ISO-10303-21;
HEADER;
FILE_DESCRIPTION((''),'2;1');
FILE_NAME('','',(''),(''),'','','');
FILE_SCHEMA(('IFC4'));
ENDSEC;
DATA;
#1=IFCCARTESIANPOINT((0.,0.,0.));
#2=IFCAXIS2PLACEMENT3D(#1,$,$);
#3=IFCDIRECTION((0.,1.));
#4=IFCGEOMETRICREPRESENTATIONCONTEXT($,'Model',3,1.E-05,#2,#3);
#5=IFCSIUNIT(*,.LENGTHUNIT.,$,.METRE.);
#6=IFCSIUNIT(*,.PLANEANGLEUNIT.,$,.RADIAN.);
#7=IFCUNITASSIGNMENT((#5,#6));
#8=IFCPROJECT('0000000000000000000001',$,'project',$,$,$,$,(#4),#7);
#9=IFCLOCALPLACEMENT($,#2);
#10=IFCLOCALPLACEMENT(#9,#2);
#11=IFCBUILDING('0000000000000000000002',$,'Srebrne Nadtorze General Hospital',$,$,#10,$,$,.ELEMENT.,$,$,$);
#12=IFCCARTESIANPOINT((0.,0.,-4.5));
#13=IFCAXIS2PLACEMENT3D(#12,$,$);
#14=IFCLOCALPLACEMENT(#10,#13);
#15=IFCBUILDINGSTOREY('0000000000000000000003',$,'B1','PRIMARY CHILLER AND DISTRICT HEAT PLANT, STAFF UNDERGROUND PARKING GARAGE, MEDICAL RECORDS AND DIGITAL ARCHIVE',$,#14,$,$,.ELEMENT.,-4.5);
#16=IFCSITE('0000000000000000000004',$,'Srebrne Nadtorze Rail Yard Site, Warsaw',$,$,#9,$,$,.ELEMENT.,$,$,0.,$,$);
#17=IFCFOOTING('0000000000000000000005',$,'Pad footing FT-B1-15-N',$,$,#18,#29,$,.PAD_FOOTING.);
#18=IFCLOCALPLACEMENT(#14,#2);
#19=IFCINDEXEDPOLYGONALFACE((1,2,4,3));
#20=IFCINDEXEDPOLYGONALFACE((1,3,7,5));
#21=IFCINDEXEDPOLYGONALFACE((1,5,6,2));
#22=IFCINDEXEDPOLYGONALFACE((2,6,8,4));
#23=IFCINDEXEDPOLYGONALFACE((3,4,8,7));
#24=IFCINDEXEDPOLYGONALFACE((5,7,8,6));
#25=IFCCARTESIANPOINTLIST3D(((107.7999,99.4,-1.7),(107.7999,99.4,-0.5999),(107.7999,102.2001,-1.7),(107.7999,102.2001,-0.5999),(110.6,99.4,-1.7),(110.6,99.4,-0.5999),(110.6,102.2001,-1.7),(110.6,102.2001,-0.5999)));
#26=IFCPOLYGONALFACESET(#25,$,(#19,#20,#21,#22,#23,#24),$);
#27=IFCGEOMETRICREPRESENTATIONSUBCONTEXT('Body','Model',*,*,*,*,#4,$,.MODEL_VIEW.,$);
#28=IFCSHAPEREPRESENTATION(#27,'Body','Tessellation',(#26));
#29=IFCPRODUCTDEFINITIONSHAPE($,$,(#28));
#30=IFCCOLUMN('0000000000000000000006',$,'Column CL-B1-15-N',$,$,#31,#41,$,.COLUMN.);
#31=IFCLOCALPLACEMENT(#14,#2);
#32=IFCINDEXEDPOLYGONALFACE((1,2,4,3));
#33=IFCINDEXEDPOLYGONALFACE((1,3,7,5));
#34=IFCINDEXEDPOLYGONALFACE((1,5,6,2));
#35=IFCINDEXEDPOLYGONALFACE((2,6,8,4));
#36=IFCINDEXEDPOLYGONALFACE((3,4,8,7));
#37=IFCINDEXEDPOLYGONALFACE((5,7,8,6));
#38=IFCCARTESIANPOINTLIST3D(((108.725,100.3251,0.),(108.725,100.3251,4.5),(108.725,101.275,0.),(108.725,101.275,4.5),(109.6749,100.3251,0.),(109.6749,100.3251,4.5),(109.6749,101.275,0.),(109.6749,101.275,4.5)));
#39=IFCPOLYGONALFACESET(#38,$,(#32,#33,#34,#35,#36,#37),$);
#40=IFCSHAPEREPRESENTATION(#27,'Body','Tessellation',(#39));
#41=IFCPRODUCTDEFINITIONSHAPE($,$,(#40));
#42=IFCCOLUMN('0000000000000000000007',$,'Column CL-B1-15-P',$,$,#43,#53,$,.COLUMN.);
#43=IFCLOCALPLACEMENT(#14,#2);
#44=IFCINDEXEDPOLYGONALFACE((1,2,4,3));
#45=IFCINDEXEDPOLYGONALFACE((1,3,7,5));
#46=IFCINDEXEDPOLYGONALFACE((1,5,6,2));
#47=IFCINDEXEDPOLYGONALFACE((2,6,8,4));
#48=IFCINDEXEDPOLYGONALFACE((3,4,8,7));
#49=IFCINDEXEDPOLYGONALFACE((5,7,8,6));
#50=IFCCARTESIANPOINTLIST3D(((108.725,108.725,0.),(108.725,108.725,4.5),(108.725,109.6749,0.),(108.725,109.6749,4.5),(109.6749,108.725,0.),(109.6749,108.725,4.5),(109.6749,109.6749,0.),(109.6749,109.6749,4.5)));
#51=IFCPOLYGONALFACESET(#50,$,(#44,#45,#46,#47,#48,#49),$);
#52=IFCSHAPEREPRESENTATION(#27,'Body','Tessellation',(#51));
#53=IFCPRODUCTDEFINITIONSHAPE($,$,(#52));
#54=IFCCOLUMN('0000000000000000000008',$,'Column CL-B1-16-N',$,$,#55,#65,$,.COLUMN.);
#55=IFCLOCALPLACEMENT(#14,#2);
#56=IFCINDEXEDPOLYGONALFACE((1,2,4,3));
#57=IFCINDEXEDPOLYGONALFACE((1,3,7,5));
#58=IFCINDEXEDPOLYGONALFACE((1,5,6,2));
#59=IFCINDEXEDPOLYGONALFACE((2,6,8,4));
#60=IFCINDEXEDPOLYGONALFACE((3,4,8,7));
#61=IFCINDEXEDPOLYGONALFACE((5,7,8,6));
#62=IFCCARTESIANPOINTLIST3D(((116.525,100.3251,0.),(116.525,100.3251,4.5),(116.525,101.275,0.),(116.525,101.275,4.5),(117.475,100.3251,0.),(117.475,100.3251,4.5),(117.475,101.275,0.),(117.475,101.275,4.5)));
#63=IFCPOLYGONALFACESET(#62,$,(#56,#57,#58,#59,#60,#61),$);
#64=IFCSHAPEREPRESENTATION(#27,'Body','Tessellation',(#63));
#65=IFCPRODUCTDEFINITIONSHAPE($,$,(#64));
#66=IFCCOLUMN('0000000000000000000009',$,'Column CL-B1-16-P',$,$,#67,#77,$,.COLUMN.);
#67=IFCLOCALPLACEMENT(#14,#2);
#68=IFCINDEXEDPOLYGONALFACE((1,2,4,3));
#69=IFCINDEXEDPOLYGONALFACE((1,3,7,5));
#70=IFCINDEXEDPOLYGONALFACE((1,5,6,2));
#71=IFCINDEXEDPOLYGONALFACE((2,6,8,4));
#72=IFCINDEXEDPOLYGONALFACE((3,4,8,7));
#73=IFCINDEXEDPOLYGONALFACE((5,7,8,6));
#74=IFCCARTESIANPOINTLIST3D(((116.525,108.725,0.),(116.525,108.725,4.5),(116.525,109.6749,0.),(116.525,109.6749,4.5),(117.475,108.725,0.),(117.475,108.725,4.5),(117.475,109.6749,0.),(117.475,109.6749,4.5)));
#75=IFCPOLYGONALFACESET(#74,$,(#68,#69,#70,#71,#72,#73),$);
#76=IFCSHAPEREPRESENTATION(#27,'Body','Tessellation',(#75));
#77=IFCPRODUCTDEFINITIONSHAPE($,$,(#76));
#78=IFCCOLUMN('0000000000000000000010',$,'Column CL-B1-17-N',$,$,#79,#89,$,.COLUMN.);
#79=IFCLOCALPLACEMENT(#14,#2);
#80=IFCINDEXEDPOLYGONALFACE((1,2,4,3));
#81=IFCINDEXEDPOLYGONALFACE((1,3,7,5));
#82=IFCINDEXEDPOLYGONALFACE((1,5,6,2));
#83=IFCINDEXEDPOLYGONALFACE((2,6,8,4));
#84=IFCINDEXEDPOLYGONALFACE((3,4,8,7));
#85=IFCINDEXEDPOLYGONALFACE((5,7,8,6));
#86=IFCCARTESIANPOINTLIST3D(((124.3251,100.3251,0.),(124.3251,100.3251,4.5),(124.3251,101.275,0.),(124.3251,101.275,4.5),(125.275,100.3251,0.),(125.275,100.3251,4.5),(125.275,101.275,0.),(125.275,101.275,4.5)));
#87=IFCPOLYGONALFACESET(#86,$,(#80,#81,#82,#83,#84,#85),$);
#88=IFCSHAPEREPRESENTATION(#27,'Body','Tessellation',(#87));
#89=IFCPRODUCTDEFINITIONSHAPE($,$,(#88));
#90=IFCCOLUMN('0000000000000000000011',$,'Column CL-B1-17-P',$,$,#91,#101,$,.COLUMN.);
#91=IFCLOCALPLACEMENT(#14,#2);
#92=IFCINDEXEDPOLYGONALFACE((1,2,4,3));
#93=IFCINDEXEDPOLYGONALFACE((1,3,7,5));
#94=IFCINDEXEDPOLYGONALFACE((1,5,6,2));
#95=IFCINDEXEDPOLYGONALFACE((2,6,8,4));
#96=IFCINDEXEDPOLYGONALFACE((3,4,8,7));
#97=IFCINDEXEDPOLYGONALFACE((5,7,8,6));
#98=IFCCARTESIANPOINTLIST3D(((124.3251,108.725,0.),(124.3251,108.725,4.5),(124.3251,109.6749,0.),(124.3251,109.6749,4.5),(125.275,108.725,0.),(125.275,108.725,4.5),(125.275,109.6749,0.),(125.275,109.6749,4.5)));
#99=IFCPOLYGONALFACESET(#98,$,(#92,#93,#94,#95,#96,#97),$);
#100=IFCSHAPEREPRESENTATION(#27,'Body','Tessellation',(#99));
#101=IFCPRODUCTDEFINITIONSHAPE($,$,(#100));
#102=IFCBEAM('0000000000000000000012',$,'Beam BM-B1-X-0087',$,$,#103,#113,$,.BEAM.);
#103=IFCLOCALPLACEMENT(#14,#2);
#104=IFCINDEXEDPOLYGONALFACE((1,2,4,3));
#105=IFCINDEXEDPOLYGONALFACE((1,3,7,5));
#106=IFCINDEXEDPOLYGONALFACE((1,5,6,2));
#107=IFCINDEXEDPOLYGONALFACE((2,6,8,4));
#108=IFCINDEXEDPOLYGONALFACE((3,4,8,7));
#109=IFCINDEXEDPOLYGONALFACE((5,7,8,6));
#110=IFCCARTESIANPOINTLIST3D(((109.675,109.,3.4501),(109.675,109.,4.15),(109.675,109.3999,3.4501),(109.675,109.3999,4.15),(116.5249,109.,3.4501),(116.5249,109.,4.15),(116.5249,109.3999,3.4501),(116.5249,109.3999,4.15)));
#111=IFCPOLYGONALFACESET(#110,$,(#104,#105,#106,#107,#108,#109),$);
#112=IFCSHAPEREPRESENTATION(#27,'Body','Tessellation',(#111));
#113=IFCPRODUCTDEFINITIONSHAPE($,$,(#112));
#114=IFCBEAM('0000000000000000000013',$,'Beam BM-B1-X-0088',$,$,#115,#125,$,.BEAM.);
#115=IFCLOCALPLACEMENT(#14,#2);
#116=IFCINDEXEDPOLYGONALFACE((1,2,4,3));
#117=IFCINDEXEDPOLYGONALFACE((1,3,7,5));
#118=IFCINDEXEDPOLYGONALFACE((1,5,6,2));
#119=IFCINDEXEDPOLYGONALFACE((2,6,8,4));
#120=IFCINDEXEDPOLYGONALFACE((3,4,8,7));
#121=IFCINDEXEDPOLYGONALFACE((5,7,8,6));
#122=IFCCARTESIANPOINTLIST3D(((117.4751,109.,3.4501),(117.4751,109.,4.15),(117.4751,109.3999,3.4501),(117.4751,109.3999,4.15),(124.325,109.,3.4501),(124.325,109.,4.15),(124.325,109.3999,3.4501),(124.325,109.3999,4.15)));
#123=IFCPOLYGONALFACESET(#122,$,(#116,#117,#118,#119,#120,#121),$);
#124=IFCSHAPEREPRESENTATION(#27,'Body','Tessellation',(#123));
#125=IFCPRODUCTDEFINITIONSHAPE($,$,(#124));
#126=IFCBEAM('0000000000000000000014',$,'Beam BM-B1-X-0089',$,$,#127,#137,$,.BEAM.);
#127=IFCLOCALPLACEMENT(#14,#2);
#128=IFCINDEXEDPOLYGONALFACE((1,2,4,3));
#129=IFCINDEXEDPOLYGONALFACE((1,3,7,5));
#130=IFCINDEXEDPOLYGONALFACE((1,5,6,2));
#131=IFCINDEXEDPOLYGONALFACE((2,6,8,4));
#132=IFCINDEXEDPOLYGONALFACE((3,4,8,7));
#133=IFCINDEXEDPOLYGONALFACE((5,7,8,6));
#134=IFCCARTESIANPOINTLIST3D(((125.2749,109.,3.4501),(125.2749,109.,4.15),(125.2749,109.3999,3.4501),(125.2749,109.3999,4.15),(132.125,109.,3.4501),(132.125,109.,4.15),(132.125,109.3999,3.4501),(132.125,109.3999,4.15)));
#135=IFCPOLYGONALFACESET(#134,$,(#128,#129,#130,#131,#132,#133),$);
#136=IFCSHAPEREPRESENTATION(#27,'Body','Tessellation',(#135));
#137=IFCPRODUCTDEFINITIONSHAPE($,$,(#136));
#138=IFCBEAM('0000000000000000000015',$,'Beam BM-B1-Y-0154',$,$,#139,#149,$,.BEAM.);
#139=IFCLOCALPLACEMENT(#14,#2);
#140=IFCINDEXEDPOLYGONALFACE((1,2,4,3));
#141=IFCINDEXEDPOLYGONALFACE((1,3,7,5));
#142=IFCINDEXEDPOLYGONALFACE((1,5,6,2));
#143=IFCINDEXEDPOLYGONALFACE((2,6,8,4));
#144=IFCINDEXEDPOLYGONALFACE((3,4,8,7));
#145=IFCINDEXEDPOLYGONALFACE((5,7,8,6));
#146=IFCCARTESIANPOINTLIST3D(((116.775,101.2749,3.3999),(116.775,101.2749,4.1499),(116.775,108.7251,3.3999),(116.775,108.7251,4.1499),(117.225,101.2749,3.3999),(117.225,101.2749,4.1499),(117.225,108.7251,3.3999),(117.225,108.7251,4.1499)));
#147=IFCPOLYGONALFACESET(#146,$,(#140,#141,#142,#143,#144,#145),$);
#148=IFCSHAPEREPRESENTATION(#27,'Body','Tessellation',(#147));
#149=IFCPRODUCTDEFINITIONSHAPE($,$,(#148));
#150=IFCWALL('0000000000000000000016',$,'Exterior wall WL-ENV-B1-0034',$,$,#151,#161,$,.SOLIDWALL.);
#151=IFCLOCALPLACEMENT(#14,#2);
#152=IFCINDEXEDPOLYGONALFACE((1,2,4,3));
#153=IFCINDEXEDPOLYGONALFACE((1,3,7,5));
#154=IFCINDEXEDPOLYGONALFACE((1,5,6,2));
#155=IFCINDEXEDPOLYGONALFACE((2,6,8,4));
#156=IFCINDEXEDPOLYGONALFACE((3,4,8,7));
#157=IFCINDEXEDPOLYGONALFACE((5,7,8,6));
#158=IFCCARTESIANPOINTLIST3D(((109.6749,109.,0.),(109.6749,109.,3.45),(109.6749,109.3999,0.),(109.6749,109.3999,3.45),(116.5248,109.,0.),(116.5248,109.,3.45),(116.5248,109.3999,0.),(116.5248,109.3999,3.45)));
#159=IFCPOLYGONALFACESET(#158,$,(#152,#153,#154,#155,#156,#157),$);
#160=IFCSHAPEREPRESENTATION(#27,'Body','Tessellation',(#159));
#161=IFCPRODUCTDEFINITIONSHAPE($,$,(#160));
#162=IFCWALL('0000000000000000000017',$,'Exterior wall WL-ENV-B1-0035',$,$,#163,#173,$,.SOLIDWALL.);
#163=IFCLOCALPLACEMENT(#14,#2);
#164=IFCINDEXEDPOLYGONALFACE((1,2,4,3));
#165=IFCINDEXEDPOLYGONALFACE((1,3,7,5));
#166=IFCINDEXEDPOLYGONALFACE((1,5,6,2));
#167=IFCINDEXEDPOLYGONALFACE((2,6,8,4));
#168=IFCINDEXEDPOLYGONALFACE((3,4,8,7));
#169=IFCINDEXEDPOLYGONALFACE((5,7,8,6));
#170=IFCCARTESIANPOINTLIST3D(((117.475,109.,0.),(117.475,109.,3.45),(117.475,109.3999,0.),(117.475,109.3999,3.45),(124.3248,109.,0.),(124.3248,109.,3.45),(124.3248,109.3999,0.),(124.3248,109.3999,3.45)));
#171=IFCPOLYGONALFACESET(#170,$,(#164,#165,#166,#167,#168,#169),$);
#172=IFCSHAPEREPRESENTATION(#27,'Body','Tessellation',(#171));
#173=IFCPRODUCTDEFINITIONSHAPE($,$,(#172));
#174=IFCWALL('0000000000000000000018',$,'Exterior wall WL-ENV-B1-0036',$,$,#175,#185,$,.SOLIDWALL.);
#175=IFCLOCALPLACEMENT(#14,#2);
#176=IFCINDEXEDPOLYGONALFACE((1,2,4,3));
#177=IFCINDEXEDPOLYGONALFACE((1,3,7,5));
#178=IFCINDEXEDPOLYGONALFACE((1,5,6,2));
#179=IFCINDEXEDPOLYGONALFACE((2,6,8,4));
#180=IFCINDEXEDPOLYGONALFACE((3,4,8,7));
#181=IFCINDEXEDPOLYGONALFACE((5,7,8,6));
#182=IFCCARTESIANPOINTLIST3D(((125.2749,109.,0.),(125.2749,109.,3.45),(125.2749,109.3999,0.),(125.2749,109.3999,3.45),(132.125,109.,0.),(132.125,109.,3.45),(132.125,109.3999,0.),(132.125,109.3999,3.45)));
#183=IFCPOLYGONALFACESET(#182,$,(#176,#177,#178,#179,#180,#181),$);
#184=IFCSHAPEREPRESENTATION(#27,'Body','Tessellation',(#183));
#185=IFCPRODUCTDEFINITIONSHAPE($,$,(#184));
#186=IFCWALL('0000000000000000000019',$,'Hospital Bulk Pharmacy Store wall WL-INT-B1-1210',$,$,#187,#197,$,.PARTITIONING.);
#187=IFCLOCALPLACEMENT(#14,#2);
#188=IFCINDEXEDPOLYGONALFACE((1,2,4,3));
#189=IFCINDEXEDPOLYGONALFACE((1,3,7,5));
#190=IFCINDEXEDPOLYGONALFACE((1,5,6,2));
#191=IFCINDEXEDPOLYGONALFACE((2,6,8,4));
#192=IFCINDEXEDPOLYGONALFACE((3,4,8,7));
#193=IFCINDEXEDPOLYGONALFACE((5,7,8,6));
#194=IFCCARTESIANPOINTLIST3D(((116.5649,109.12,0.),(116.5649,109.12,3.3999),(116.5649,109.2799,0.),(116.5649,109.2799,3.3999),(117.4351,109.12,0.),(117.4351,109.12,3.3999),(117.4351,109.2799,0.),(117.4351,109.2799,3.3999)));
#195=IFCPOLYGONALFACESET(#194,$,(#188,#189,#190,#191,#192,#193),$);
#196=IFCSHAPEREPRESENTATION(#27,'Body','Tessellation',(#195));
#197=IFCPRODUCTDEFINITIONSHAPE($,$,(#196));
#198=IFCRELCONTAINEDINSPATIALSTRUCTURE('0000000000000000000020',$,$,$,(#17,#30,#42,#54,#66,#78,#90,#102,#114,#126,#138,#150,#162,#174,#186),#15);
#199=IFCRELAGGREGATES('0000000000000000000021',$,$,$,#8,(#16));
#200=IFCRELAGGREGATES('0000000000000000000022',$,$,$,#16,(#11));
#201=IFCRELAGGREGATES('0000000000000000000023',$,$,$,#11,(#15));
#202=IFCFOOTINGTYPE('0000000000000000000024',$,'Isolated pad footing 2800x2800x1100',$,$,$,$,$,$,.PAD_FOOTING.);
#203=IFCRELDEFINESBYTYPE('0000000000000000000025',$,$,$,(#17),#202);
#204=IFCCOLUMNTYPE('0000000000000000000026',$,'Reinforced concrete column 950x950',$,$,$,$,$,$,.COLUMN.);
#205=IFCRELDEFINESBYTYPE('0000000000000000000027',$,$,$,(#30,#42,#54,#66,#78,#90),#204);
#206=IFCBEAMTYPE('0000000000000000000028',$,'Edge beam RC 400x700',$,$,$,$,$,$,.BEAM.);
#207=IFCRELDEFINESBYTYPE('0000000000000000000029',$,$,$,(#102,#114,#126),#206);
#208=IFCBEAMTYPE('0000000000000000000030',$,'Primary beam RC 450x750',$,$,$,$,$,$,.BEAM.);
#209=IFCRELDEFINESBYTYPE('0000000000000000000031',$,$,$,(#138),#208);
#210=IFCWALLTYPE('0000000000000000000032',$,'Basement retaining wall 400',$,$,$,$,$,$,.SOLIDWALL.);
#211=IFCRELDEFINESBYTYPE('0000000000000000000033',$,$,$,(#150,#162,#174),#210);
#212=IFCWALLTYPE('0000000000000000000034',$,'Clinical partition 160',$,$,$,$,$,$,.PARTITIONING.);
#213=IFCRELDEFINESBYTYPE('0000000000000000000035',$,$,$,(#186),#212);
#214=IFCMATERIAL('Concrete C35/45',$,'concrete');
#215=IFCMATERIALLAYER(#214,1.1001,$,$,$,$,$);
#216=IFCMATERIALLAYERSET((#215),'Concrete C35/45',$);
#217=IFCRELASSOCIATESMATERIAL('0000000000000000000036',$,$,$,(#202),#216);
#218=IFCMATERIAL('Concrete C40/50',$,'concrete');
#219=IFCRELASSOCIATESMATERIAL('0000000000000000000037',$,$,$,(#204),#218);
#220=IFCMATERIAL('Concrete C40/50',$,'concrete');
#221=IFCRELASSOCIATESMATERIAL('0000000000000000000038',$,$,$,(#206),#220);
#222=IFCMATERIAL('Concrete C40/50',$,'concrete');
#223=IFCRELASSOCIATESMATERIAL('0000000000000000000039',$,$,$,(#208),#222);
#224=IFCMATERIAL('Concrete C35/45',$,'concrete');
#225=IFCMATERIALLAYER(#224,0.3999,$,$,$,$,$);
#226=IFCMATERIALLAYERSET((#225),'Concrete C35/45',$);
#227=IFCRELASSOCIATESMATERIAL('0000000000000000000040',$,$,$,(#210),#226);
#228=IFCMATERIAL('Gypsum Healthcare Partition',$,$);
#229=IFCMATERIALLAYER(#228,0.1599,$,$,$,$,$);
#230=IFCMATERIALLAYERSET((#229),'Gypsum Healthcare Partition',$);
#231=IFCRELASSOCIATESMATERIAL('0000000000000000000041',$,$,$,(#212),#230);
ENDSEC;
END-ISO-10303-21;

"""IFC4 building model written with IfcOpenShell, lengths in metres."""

from ifc_helpers import new_model, si_unit, direction, frame, frame_2d, origin, origin_2d, place, context, subcontext, project, spatial, rectangle, extrude, material, layer, layer_set, material_profile, profile_set, type_object, element, save


model = new_model("IFC4")

# Units and contexts
model_context = context("Model", 3, precision=1e-05, world=origin(), true_north=direction((0.0, 1.0)))
body_context = subcontext(model_context, "Body", "Model", "MODEL_VIEW")
ifc_project = project(units=[si_unit("LENGTHUNIT", "METRE"), si_unit("PLANEANGLEUNIT", "RADIAN")], contexts=[model_context])

# Site, building, storey
site_placement = place(None, origin())
site = spatial("IfcSite", under=ifc_project, at=site_placement, Name="Srebrne Nadtorze Rail Yard Site, Warsaw", CompositionType="ELEMENT", RefElevation=0.0)
building_placement = place(site_placement, origin())
building = spatial("IfcBuilding", under=site, at=building_placement, Name="Srebrne Nadtorze General Hospital", CompositionType="ELEMENT")
storey_placement = place(building_placement, frame((0.0, 0.0, -4.5)))
storey = spatial("IfcBuildingStorey", under=building, at=storey_placement, Name="B1", Description="PRIMARY CHILLER AND DISTRICT HEAT PLANT, STAFF UNDERGROUND PARKING GARAGE, MEDICAL RECORDS AND DIGITAL ARCHIVE", CompositionType="ELEMENT", Elevation=-4.5)

# Footing
ifc_material_1 = material(Name="Concrete C35/45", Category="concrete")
ifc_layer_1 = layer(ifc_material_1, 1.1001)
ifc_layer_set_1 = layer_set([ifc_layer_1], Name="Concrete C35/45")
footing_type_1 = type_object("IfcFootingType", Name="Isolated pad footing 2800x2800x1100", PredefinedType="PAD_FOOTING", material=ifc_layer_set_1)
footing_1_placement = place(storey_placement, frame((109.2, 100.8, -1.7), z_axis=(0.0, 0.0, 1.0), x_axis=(1.0, 0.0, 0.0)))
element("IfcFooting", 1, at=footing_1_placement, inside=storey, type_object=footing_type_1, Name="Pad footing FT-B1-15-N", PredefinedType="PAD_FOOTING", context=body_context, shape_type="SweptSolid", body=[
    extrude(rectangle(XDim=2.8, YDim=2.8, at=origin_2d()), origin(), (0.0, 0.0, 1.0), 1.1001),
])

# Columns
ifc_material_2 = material(Name="Concrete C40/50", Category="concrete")
ifc_material_profile_1 = material_profile(ifc_material_2, rectangle(XDim=0.95, YDim=0.95, at=origin_2d()), Name="RC-COL-950x950")
ifc_profile_set_1 = profile_set([ifc_material_profile_1], Name="Concrete C40/50")
column_type = type_object("IfcColumnType", Name="Reinforced concrete column 950x950", PredefinedType="COLUMN", material=ifc_profile_set_1)
for number, where, z_axis, x_axis, name in (
    (2, (109.2, 100.8, 0.0), (0.0, 0.0, 1.0), (1.0, 0.0, 0.0), "Column CL-B1-15-N"),
    (3, (109.2, 109.2, 0.0), (0.0, 0.0, 1.0), (1.0, 0.0, 0.0), "Column CL-B1-15-P"),
    (4, (117.0, 100.8, 0.0), (0.0, 0.0, 1.0), (1.0, 0.0, 0.0), "Column CL-B1-16-N"),
    (5, (117.0, 109.2, 0.0), (0.0, 0.0, 1.0), (1.0, 0.0, 0.0), "Column CL-B1-16-P"),
    (6, (124.8, 100.8, 0.0), (0.0, 0.0, 1.0), (1.0, 0.0, 0.0), "Column CL-B1-17-N"),
    (7, (124.8, 109.2, 0.0), (0.0, 0.0, 1.0), (1.0, 0.0, 0.0), "Column CL-B1-17-P"),
):
    element("IfcColumn", number, at=place(storey_placement, frame(where, z_axis=z_axis, x_axis=x_axis)), inside=storey, type_object=column_type, Name=name, PredefinedType="COLUMN", context=body_context, shape_type="SweptSolid", body=[
        extrude(rectangle(XDim=0.95, YDim=0.95, at=origin_2d()), origin(), (0.0, 0.0, 1.0), 4.5),
    ])

# Beams
ifc_material_3 = material(Name="Concrete C40/50", Category="concrete")
ifc_material_profile_2 = material_profile(ifc_material_3, rectangle(XDim=0.3999, YDim=0.7, at=origin_2d()), Name="RC-BM-400x700")
ifc_profile_set_2 = profile_set([ifc_material_profile_2], Name="Concrete C40/50")
beam_type_1 = type_object("IfcBeamType", Name="Edge beam RC 400x700", PredefinedType="BEAM", material=ifc_profile_set_2)
for number, where, z_axis, x_axis, name in (
    (8, (109.675, 109.2, 3.8), (1.0, 0.0, 0.0), (0.0, 1.0, 0.0), "Beam BM-B1-X-0087"),
    (9, (117.4751, 109.2, 3.8), (1.0, 0.0, 0.0), (0.0, 1.0, 0.0), "Beam BM-B1-X-0088"),
):
    element("IfcBeam", number, at=place(storey_placement, frame(where, z_axis=z_axis, x_axis=x_axis)), inside=storey, type_object=beam_type_1, Name=name, PredefinedType="BEAM", context=body_context, shape_type="SweptSolid", body=[
        extrude(rectangle(XDim=0.3999, YDim=0.7, at=origin_2d()), origin(), (0.0, 0.0, 1.0), 6.8499),
    ])
beam_1_placement = place(storey_placement, frame((125.2749, 109.2, 3.8), z_axis=(1.0, 0.0, 0.0), x_axis=(0.0, 1.0, 0.0)))
element("IfcBeam", 10, at=beam_1_placement, inside=storey, type_object=beam_type_1, Name="Beam BM-B1-X-0089", PredefinedType="BEAM", context=body_context, shape_type="SweptSolid", body=[
    extrude(rectangle(XDim=0.3999, YDim=0.7, at=origin_2d()), origin(), (0.0, 0.0, 1.0), 6.8501),
])
ifc_material_4 = material(Name="Concrete C40/50", Category="concrete")
ifc_material_profile_3 = material_profile(ifc_material_4, rectangle(XDim=0.45, YDim=0.75, at=origin_2d()), Name="RC-BM-450x750")
ifc_profile_set_3 = profile_set([ifc_material_profile_3], Name="Concrete C40/50")
beam_type_2 = type_object("IfcBeamType", Name="Primary beam RC 450x750", PredefinedType="BEAM", material=ifc_profile_set_3)
beam_2_placement = place(storey_placement, frame((117.0, 101.2749, 3.7749), z_axis=(0.0, 1.0, 0.0), x_axis=(-1.0, 0.0, 0.0)))
element("IfcBeam", 11, at=beam_2_placement, inside=storey, type_object=beam_type_2, Name="Beam BM-B1-Y-0154", PredefinedType="BEAM", context=body_context, shape_type="SweptSolid", body=[
    extrude(rectangle(XDim=0.45, YDim=0.75, at=origin_2d()), origin(), (0.0, 0.0, 1.0), 7.4502),
])

# Walls
ifc_material_5 = material(Name="Concrete C35/45", Category="concrete")
ifc_layer_2 = layer(ifc_material_5, 0.3999)
ifc_layer_set_2 = layer_set([ifc_layer_2], Name="Concrete C35/45")
wall_type_1 = type_object("IfcWallType", Name="Basement retaining wall 400", PredefinedType="SOLIDWALL", material=ifc_layer_set_2)
for number, where, z_axis, x_axis, name in (
    (12, (109.675, 109.2, 0.0), (0.0, 0.0, 1.0), (1.0, 0.0, 0.0), "Exterior wall WL-ENV-B1-0034"),
    (13, (117.4751, 109.2, 0.0), (0.0, 0.0, 1.0), (1.0, 0.0, 0.0), "Exterior wall WL-ENV-B1-0035"),
):
    element("IfcWall", number, at=place(storey_placement, frame(where, z_axis=z_axis, x_axis=x_axis)), inside=storey, type_object=wall_type_1, Name=name, PredefinedType="SOLIDWALL", context=body_context, shape_type="SweptSolid", body=[
        extrude(rectangle(XDim=6.8499, YDim=0.3999, at=frame_2d((3.4248, 0.0))), origin(), (0.0, 0.0, 1.0), 3.45),
    ])
wall_1_placement = place(storey_placement, frame((125.2749, 109.2, 0.0), z_axis=(0.0, 0.0, 1.0), x_axis=(1.0, 0.0, 0.0)))
element("IfcWall", 14, at=wall_1_placement, inside=storey, type_object=wall_type_1, Name="Exterior wall WL-ENV-B1-0036", PredefinedType="SOLIDWALL", context=body_context, shape_type="SweptSolid", body=[
    extrude(rectangle(XDim=6.8501, YDim=0.3999, at=frame_2d((3.425, 0.0))), origin(), (0.0, 0.0, 1.0), 3.45),
])
ifc_material_6 = material(Name="Gypsum Healthcare Partition")
ifc_layer_3 = layer(ifc_material_6, 0.1599)
ifc_layer_set_3 = layer_set([ifc_layer_3], Name="Gypsum Healthcare Partition")
wall_type_2 = type_object("IfcWallType", Name="Clinical partition 160", PredefinedType="PARTITIONING", material=ifc_layer_set_3)
wall_2_placement = place(storey_placement, frame((116.5649, 109.2, 0.0), z_axis=(0.0, 0.0, 1.0), x_axis=(1.0, 0.0, 0.0)))
element("IfcWall", 15, at=wall_2_placement, inside=storey, type_object=wall_type_2, Name="Hospital Bulk Pharmacy Store wall WL-INT-B1-1210", PredefinedType="PARTITIONING", context=body_context, shape_type="SweptSolid", body=[
    extrude(rectangle(XDim=0.8701, YDim=0.1599, at=frame_2d((0.4351, 0.0))), origin(), (0.0, 0.0, 1.0), 3.3999),
])

save(model, "model.ifc")
